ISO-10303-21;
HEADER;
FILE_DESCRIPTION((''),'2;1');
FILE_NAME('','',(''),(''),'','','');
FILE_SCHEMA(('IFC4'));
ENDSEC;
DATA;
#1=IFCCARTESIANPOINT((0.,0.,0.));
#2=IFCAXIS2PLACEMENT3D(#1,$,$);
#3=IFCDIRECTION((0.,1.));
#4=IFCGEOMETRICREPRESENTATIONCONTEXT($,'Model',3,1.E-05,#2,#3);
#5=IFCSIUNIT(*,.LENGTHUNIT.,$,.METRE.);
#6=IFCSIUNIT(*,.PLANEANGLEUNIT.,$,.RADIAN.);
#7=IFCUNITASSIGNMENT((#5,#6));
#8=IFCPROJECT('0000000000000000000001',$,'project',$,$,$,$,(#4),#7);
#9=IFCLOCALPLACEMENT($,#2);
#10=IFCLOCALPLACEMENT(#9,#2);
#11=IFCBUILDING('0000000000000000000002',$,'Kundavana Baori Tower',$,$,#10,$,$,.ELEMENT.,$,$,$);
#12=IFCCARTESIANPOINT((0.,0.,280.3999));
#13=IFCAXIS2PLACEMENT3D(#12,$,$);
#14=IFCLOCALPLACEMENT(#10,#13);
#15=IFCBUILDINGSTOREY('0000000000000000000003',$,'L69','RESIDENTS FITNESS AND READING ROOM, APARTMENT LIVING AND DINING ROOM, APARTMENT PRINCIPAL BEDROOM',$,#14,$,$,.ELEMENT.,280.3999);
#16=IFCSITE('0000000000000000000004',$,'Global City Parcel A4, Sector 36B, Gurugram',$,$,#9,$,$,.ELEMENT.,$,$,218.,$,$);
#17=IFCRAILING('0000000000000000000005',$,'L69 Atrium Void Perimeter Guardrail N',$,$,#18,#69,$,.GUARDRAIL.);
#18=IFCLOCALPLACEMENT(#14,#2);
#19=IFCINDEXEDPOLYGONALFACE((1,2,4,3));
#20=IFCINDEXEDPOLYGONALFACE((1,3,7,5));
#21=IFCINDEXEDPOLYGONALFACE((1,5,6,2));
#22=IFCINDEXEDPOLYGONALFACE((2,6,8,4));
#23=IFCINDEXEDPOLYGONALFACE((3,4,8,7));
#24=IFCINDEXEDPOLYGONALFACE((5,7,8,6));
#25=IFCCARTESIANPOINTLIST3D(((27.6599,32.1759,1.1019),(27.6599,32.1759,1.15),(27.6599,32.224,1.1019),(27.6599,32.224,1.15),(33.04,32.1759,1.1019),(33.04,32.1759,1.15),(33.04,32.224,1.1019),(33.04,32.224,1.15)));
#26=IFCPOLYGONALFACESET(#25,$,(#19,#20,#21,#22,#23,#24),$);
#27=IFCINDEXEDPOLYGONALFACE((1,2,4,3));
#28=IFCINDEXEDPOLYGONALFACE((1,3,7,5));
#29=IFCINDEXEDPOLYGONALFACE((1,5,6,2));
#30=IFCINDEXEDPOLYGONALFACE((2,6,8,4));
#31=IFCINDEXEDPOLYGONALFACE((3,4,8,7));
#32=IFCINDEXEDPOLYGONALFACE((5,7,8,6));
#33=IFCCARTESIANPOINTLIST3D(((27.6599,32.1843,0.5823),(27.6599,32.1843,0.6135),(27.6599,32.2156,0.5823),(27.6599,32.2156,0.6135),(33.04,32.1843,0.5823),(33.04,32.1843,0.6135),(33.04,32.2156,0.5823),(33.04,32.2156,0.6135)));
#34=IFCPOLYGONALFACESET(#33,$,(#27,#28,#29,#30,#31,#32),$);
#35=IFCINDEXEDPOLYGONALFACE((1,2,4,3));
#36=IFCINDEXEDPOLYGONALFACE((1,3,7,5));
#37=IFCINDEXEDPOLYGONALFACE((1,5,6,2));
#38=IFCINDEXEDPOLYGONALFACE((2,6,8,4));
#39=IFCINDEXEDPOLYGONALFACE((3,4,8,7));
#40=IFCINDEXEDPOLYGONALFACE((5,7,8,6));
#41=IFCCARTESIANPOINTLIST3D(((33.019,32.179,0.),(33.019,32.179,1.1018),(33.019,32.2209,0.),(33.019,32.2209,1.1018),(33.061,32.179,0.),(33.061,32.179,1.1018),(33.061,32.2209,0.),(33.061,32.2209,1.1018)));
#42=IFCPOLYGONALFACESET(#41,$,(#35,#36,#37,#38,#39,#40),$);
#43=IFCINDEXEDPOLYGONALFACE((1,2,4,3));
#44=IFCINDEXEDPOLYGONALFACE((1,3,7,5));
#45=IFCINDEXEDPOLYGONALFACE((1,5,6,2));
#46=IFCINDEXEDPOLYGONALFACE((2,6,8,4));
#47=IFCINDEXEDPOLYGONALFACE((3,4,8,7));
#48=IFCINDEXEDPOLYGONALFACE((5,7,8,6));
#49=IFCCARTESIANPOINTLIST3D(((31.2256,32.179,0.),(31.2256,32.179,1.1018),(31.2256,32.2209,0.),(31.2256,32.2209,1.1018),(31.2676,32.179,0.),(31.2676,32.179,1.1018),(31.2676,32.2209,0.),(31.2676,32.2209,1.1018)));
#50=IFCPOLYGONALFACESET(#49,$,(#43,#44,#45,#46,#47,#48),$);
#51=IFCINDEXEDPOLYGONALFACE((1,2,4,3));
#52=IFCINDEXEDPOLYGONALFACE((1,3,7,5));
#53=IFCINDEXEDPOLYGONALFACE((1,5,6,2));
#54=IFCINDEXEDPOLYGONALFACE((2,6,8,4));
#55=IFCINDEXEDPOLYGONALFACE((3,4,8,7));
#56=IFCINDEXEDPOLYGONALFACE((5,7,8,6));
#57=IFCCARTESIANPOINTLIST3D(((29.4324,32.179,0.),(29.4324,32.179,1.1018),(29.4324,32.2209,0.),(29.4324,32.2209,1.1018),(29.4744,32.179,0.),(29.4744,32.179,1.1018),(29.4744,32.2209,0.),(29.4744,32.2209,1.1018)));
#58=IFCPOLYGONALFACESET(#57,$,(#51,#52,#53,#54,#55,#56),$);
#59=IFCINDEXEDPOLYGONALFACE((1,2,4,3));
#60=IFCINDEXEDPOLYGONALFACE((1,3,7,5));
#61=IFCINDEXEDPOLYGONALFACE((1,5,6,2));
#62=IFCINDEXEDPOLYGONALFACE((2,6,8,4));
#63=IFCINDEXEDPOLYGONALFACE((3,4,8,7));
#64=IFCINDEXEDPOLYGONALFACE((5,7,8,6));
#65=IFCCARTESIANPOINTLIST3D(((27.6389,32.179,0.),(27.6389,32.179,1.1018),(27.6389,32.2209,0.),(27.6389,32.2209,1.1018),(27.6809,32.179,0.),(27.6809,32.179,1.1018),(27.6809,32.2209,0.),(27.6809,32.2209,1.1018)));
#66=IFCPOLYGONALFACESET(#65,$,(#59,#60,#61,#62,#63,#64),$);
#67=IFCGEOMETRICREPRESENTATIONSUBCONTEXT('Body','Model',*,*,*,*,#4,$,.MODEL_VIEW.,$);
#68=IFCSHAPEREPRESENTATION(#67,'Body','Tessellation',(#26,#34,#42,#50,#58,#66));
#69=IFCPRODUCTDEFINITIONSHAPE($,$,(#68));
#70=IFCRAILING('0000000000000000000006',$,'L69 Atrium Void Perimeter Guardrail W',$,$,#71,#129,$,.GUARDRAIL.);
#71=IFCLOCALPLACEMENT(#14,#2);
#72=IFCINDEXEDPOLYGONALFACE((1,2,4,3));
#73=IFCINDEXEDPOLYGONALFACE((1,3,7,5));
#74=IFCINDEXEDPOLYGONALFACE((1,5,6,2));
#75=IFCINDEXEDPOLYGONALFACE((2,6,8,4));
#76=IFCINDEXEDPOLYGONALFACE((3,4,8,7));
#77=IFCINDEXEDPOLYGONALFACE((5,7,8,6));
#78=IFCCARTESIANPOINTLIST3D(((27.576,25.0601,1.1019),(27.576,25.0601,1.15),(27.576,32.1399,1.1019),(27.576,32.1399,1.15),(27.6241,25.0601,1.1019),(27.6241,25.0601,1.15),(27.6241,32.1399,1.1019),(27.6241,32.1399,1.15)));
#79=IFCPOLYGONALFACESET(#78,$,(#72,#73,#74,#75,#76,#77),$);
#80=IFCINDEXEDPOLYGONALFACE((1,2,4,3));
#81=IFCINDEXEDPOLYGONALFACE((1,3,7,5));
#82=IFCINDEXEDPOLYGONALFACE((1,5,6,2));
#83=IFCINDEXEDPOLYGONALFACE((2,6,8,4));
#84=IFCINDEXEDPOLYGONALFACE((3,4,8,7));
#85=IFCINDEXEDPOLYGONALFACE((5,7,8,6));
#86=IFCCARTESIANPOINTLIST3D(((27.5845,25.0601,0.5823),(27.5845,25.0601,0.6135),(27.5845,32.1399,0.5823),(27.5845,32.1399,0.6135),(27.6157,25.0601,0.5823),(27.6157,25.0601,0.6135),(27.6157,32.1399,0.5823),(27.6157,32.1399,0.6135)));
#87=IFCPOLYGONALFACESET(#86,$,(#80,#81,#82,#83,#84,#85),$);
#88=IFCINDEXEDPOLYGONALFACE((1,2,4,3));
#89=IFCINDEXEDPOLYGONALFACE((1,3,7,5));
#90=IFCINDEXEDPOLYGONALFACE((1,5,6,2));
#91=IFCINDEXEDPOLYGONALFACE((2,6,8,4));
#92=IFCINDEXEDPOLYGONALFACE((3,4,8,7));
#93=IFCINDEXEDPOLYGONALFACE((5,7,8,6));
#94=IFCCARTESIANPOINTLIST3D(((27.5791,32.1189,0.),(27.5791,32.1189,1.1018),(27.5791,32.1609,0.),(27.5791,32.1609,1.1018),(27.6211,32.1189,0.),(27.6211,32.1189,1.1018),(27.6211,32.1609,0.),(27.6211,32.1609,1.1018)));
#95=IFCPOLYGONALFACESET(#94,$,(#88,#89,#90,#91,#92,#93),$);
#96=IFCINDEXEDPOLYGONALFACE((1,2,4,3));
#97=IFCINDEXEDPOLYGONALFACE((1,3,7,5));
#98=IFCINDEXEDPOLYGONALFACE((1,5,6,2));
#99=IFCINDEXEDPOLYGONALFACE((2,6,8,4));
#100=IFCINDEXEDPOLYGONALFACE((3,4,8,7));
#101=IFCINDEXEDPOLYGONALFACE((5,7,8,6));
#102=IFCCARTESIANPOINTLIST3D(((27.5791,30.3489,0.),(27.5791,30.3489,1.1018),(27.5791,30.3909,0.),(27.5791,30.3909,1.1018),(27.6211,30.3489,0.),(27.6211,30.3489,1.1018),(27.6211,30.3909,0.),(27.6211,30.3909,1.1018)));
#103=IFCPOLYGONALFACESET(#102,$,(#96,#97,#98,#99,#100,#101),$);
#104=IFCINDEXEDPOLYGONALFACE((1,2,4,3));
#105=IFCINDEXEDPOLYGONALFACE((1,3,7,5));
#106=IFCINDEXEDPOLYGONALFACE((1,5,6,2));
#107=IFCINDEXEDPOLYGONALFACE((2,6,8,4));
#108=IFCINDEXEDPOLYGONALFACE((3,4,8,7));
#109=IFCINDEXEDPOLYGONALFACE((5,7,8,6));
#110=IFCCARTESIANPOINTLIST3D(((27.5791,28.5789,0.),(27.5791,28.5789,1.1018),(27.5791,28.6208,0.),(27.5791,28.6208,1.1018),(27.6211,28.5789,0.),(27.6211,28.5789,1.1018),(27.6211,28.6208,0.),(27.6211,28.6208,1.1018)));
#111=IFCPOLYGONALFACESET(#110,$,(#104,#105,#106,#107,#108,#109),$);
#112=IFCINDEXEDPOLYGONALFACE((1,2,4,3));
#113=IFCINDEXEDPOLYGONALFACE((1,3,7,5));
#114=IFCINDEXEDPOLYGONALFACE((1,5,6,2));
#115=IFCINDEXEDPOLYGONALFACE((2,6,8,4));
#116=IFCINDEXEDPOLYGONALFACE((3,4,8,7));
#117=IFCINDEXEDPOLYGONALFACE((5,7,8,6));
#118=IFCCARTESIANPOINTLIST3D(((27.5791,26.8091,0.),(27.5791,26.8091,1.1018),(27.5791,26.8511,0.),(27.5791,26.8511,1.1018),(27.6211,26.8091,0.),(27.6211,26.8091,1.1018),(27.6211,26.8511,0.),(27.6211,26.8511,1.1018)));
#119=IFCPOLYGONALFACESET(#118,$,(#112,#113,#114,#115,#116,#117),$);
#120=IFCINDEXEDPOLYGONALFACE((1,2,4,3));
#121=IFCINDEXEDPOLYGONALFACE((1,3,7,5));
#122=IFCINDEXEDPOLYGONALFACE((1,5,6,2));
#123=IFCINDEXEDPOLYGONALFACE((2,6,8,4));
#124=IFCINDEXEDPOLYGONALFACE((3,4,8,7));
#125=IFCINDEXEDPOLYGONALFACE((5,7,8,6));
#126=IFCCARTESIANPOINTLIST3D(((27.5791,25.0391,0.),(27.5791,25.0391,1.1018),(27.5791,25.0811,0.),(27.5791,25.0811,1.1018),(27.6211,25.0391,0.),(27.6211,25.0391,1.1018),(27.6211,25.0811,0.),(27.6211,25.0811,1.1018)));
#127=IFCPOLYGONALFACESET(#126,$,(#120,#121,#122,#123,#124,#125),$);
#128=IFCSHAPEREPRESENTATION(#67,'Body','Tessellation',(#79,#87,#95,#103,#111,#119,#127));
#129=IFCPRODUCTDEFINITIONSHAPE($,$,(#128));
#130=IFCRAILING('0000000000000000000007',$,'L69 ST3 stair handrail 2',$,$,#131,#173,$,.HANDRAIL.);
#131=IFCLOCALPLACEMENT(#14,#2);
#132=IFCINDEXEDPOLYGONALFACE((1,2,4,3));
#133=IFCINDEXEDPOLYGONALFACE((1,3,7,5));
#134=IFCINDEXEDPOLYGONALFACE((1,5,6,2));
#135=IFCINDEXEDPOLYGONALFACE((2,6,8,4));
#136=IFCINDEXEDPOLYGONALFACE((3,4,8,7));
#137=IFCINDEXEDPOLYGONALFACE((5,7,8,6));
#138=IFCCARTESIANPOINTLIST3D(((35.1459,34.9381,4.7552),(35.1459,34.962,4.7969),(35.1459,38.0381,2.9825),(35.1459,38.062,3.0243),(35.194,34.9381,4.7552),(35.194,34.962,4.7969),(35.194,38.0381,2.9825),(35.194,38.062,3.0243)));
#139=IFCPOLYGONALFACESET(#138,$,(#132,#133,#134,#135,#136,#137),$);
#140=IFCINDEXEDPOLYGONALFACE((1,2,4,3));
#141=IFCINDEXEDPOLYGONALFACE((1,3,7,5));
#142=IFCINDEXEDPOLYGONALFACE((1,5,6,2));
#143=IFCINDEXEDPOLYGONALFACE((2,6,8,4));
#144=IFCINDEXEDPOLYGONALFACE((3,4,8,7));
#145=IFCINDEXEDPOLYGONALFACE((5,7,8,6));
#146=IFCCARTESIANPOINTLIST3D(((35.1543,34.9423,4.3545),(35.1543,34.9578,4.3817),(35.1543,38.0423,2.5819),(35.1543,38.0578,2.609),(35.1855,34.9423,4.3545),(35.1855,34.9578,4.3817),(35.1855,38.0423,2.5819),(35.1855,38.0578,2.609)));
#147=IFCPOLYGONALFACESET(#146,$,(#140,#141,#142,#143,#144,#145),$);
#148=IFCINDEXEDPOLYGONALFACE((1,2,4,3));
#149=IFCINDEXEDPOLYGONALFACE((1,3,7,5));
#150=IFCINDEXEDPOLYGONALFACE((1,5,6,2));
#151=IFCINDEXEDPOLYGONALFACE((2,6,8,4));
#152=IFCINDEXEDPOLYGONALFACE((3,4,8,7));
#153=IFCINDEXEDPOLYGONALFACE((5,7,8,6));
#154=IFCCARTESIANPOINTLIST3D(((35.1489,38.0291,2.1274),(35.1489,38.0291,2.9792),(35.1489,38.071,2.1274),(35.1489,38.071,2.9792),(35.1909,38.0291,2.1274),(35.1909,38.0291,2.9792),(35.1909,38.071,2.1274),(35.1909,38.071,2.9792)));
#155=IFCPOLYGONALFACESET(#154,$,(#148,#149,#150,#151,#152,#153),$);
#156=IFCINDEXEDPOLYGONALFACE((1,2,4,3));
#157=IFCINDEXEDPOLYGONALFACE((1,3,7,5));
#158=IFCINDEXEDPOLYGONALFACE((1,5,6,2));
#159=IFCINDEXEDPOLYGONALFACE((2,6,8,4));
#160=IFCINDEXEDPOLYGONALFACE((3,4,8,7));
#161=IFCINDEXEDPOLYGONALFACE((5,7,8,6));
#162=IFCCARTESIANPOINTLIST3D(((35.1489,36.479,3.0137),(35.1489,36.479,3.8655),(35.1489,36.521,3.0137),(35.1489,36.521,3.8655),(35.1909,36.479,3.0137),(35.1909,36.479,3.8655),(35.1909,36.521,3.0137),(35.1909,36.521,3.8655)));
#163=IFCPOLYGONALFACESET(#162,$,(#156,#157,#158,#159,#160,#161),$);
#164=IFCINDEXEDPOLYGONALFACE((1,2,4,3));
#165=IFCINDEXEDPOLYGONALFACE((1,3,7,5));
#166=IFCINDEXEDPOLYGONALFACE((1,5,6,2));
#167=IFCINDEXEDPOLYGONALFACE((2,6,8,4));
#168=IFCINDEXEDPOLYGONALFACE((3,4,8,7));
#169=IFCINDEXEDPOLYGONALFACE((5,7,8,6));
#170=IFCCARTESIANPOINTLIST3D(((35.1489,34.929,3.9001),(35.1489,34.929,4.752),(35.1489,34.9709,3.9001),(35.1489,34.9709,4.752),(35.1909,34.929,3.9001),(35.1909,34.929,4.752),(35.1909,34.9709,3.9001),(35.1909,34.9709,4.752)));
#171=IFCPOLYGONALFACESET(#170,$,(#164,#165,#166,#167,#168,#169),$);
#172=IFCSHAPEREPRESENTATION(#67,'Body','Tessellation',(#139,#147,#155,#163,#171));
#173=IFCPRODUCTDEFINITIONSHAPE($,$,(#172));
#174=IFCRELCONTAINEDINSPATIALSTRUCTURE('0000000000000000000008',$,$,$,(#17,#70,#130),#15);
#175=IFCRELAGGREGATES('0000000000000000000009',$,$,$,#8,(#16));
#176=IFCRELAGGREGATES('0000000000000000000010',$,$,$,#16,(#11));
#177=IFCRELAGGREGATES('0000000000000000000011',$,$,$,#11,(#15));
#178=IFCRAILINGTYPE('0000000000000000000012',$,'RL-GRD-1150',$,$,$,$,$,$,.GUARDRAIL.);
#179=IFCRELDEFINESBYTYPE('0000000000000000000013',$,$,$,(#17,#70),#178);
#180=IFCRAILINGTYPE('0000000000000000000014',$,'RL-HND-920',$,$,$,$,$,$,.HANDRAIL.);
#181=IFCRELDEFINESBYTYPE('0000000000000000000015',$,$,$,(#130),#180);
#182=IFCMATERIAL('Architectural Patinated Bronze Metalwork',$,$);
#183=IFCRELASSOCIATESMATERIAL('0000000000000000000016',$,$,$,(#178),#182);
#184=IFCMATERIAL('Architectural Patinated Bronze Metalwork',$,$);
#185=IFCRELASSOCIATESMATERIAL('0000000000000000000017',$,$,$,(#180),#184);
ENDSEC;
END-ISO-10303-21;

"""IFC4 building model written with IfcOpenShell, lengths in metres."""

from ifc_helpers import new_model, si_unit, direction, frame, origin, origin_2d, place, context, subcontext, project, spatial, rectangle, extrude, material, type_object, element, save


model = new_model("IFC4")

# Units and contexts
model_context = context("Model", 3, precision=1e-05, world=origin(), true_north=direction((0.0, 1.0)))
body_context = subcontext(model_context, "Body", "Model", "MODEL_VIEW")
ifc_project = project(units=[si_unit("LENGTHUNIT", "METRE"), si_unit("PLANEANGLEUNIT", "RADIAN")], contexts=[model_context])

# Site, building, storey
site_placement = place(None, origin())
site = spatial("IfcSite", under=ifc_project, at=site_placement, Name="Global City Parcel A4, Sector 36B, Gurugram", CompositionType="ELEMENT", RefElevation=218.0)
building_placement = place(site_placement, origin())
building = spatial("IfcBuilding", under=site, at=building_placement, Name="Kundavana Baori Tower", CompositionType="ELEMENT")
storey_placement = place(building_placement, frame((0.0, 0.0, 280.3999)))
storey = spatial("IfcBuildingStorey", under=building, at=storey_placement, Name="L69", Description="RESIDENTS FITNESS AND READING ROOM, APARTMENT LIVING AND DINING ROOM, APARTMENT PRINCIPAL BEDROOM", CompositionType="ELEMENT", Elevation=280.3999)

# Railings
ifc_material_1 = material(Name="Architectural Patinated Bronze Metalwork")
railing_type_1 = type_object("IfcRailingType", Name="RL-GRD-1150", PredefinedType="GUARDRAIL", material=ifc_material_1)
railing_1_placement = place(storey_placement, frame((33.04, 32.2, 0.0)))
element("IfcRailing", 1, at=railing_1_placement, inside=storey, type_object=railing_type_1, Name="L69 Atrium Void Perimeter Guardrail N", PredefinedType="GUARDRAIL", context=body_context, shape_type="SweptSolid", body=[
    extrude(rectangle(XDim=0.0481, YDim=0.0481, at=origin_2d()), frame((0.0, 0.0, 1.126), z_axis=(-1.0, 0.0, 0.0), x_axis=(0.0, -1.0, 0.0)), (0.0, 0.0, 1.0), 5.3801),
    extrude(rectangle(XDim=0.0312, YDim=0.0312, at=origin_2d()), frame((0.0, 0.0, 0.5979), z_axis=(-1.0, 0.0, 0.0), x_axis=(0.0, -1.0, 0.0)), (0.0, 0.0, 1.0), 5.3801),
    extrude(rectangle(XDim=0.042, YDim=0.042, at=origin_2d()), origin(), (0.0, 0.0, 1.0), 1.1018),
    extrude(rectangle(XDim=0.042, YDim=0.042, at=origin_2d()), frame((-1.7935, 0.0, 0.0)), (0.0, 0.0, 1.0), 1.1018),
    extrude(rectangle(XDim=0.042, YDim=0.042, at=origin_2d()), frame((-3.5867, 0.0, 0.0)), (0.0, 0.0, 1.0), 1.1018),
    extrude(rectangle(XDim=0.042, YDim=0.042, at=origin_2d()), frame((-5.3801, 0.0, 0.0)), (0.0, 0.0, 1.0), 1.1018),
])
railing_2_placement = place(storey_placement, frame((27.6001, 32.1399, 0.0)))
element("IfcRailing", 2, at=railing_2_placement, inside=storey, type_object=railing_type_1, Name="L69 Atrium Void Perimeter Guardrail W", PredefinedType="GUARDRAIL", context=body_context, shape_type="SweptSolid", body=[
    extrude(rectangle(XDim=0.0481, YDim=0.0481, at=origin_2d()), frame((0.0, 0.0, 1.126), z_axis=(0.0, -1.0, 0.0), x_axis=(1.0, 0.0, 0.0)), (0.0, 0.0, 1.0), 7.0798),
    extrude(rectangle(XDim=0.0312, YDim=0.0312, at=origin_2d()), frame((0.0, 0.0, 0.5979), z_axis=(0.0, -1.0, 0.0), x_axis=(1.0, 0.0, 0.0)), (0.0, 0.0, 1.0), 7.0798),
    extrude(rectangle(XDim=0.042, YDim=0.042, at=origin_2d()), origin(), (0.0, 0.0, 1.0), 1.1018),
    extrude(rectangle(XDim=0.042, YDim=0.042, at=origin_2d()), frame((0.0, -1.77, 0.0)), (0.0, 0.0, 1.0), 1.1018),
    extrude(rectangle(XDim=0.042, YDim=0.042, at=origin_2d()), frame((0.0, -3.54, 0.0)), (0.0, 0.0, 1.0), 1.1018),
    extrude(rectangle(XDim=0.042, YDim=0.042, at=origin_2d()), frame((0.0, -5.3098, 0.0)), (0.0, 0.0, 1.0), 1.1018),
    extrude(rectangle(XDim=0.042, YDim=0.042, at=origin_2d()), frame((0.0, -7.0798, 0.0)), (0.0, 0.0, 1.0), 1.1018),
])
ifc_material_2 = material(Name="Architectural Patinated Bronze Metalwork")
railing_type_2 = type_object("IfcRailingType", Name="RL-HND-920", PredefinedType="HANDRAIL", material=ifc_material_2)
railing_3_placement = place(storey_placement, frame((35.1699, 38.05, 2.1274)))
element("IfcRailing", 3, at=railing_3_placement, inside=storey, type_object=railing_type_2, Name="L69 ST3 stair handrail 2", PredefinedType="HANDRAIL", context=body_context, shape_type="SweptSolid", body=[
    extrude(rectangle(XDim=0.0481, YDim=0.0481, at=origin_2d()), frame((0.0, 0.0, 0.876), z_axis=(0.0, -0.868096, 0.496397), x_axis=(1.0, 0.0, 0.0)), (0.0, 0.0, 1.0), 3.571),
    extrude(rectangle(XDim=0.0312, YDim=0.0312, at=origin_2d()), frame((0.0, 0.0, 0.468), z_axis=(0.0, -0.868096, 0.496397), x_axis=(1.0, 0.0, 0.0)), (0.0, 0.0, 1.0), 3.571),
    extrude(rectangle(XDim=0.042, YDim=0.042, at=origin_2d()), origin(), (0.0, 0.0, 1.0), 0.8518),
    extrude(rectangle(XDim=0.042, YDim=0.042, at=origin_2d()), frame((0.0, -1.55, 0.8862)), (0.0, 0.0, 1.0), 0.8518),
    extrude(rectangle(XDim=0.042, YDim=0.042, at=origin_2d()), frame((0.0, -3.1001, 1.7727)), (0.0, 0.0, 1.0), 0.8518),
])

save(model, "model.ifc")
